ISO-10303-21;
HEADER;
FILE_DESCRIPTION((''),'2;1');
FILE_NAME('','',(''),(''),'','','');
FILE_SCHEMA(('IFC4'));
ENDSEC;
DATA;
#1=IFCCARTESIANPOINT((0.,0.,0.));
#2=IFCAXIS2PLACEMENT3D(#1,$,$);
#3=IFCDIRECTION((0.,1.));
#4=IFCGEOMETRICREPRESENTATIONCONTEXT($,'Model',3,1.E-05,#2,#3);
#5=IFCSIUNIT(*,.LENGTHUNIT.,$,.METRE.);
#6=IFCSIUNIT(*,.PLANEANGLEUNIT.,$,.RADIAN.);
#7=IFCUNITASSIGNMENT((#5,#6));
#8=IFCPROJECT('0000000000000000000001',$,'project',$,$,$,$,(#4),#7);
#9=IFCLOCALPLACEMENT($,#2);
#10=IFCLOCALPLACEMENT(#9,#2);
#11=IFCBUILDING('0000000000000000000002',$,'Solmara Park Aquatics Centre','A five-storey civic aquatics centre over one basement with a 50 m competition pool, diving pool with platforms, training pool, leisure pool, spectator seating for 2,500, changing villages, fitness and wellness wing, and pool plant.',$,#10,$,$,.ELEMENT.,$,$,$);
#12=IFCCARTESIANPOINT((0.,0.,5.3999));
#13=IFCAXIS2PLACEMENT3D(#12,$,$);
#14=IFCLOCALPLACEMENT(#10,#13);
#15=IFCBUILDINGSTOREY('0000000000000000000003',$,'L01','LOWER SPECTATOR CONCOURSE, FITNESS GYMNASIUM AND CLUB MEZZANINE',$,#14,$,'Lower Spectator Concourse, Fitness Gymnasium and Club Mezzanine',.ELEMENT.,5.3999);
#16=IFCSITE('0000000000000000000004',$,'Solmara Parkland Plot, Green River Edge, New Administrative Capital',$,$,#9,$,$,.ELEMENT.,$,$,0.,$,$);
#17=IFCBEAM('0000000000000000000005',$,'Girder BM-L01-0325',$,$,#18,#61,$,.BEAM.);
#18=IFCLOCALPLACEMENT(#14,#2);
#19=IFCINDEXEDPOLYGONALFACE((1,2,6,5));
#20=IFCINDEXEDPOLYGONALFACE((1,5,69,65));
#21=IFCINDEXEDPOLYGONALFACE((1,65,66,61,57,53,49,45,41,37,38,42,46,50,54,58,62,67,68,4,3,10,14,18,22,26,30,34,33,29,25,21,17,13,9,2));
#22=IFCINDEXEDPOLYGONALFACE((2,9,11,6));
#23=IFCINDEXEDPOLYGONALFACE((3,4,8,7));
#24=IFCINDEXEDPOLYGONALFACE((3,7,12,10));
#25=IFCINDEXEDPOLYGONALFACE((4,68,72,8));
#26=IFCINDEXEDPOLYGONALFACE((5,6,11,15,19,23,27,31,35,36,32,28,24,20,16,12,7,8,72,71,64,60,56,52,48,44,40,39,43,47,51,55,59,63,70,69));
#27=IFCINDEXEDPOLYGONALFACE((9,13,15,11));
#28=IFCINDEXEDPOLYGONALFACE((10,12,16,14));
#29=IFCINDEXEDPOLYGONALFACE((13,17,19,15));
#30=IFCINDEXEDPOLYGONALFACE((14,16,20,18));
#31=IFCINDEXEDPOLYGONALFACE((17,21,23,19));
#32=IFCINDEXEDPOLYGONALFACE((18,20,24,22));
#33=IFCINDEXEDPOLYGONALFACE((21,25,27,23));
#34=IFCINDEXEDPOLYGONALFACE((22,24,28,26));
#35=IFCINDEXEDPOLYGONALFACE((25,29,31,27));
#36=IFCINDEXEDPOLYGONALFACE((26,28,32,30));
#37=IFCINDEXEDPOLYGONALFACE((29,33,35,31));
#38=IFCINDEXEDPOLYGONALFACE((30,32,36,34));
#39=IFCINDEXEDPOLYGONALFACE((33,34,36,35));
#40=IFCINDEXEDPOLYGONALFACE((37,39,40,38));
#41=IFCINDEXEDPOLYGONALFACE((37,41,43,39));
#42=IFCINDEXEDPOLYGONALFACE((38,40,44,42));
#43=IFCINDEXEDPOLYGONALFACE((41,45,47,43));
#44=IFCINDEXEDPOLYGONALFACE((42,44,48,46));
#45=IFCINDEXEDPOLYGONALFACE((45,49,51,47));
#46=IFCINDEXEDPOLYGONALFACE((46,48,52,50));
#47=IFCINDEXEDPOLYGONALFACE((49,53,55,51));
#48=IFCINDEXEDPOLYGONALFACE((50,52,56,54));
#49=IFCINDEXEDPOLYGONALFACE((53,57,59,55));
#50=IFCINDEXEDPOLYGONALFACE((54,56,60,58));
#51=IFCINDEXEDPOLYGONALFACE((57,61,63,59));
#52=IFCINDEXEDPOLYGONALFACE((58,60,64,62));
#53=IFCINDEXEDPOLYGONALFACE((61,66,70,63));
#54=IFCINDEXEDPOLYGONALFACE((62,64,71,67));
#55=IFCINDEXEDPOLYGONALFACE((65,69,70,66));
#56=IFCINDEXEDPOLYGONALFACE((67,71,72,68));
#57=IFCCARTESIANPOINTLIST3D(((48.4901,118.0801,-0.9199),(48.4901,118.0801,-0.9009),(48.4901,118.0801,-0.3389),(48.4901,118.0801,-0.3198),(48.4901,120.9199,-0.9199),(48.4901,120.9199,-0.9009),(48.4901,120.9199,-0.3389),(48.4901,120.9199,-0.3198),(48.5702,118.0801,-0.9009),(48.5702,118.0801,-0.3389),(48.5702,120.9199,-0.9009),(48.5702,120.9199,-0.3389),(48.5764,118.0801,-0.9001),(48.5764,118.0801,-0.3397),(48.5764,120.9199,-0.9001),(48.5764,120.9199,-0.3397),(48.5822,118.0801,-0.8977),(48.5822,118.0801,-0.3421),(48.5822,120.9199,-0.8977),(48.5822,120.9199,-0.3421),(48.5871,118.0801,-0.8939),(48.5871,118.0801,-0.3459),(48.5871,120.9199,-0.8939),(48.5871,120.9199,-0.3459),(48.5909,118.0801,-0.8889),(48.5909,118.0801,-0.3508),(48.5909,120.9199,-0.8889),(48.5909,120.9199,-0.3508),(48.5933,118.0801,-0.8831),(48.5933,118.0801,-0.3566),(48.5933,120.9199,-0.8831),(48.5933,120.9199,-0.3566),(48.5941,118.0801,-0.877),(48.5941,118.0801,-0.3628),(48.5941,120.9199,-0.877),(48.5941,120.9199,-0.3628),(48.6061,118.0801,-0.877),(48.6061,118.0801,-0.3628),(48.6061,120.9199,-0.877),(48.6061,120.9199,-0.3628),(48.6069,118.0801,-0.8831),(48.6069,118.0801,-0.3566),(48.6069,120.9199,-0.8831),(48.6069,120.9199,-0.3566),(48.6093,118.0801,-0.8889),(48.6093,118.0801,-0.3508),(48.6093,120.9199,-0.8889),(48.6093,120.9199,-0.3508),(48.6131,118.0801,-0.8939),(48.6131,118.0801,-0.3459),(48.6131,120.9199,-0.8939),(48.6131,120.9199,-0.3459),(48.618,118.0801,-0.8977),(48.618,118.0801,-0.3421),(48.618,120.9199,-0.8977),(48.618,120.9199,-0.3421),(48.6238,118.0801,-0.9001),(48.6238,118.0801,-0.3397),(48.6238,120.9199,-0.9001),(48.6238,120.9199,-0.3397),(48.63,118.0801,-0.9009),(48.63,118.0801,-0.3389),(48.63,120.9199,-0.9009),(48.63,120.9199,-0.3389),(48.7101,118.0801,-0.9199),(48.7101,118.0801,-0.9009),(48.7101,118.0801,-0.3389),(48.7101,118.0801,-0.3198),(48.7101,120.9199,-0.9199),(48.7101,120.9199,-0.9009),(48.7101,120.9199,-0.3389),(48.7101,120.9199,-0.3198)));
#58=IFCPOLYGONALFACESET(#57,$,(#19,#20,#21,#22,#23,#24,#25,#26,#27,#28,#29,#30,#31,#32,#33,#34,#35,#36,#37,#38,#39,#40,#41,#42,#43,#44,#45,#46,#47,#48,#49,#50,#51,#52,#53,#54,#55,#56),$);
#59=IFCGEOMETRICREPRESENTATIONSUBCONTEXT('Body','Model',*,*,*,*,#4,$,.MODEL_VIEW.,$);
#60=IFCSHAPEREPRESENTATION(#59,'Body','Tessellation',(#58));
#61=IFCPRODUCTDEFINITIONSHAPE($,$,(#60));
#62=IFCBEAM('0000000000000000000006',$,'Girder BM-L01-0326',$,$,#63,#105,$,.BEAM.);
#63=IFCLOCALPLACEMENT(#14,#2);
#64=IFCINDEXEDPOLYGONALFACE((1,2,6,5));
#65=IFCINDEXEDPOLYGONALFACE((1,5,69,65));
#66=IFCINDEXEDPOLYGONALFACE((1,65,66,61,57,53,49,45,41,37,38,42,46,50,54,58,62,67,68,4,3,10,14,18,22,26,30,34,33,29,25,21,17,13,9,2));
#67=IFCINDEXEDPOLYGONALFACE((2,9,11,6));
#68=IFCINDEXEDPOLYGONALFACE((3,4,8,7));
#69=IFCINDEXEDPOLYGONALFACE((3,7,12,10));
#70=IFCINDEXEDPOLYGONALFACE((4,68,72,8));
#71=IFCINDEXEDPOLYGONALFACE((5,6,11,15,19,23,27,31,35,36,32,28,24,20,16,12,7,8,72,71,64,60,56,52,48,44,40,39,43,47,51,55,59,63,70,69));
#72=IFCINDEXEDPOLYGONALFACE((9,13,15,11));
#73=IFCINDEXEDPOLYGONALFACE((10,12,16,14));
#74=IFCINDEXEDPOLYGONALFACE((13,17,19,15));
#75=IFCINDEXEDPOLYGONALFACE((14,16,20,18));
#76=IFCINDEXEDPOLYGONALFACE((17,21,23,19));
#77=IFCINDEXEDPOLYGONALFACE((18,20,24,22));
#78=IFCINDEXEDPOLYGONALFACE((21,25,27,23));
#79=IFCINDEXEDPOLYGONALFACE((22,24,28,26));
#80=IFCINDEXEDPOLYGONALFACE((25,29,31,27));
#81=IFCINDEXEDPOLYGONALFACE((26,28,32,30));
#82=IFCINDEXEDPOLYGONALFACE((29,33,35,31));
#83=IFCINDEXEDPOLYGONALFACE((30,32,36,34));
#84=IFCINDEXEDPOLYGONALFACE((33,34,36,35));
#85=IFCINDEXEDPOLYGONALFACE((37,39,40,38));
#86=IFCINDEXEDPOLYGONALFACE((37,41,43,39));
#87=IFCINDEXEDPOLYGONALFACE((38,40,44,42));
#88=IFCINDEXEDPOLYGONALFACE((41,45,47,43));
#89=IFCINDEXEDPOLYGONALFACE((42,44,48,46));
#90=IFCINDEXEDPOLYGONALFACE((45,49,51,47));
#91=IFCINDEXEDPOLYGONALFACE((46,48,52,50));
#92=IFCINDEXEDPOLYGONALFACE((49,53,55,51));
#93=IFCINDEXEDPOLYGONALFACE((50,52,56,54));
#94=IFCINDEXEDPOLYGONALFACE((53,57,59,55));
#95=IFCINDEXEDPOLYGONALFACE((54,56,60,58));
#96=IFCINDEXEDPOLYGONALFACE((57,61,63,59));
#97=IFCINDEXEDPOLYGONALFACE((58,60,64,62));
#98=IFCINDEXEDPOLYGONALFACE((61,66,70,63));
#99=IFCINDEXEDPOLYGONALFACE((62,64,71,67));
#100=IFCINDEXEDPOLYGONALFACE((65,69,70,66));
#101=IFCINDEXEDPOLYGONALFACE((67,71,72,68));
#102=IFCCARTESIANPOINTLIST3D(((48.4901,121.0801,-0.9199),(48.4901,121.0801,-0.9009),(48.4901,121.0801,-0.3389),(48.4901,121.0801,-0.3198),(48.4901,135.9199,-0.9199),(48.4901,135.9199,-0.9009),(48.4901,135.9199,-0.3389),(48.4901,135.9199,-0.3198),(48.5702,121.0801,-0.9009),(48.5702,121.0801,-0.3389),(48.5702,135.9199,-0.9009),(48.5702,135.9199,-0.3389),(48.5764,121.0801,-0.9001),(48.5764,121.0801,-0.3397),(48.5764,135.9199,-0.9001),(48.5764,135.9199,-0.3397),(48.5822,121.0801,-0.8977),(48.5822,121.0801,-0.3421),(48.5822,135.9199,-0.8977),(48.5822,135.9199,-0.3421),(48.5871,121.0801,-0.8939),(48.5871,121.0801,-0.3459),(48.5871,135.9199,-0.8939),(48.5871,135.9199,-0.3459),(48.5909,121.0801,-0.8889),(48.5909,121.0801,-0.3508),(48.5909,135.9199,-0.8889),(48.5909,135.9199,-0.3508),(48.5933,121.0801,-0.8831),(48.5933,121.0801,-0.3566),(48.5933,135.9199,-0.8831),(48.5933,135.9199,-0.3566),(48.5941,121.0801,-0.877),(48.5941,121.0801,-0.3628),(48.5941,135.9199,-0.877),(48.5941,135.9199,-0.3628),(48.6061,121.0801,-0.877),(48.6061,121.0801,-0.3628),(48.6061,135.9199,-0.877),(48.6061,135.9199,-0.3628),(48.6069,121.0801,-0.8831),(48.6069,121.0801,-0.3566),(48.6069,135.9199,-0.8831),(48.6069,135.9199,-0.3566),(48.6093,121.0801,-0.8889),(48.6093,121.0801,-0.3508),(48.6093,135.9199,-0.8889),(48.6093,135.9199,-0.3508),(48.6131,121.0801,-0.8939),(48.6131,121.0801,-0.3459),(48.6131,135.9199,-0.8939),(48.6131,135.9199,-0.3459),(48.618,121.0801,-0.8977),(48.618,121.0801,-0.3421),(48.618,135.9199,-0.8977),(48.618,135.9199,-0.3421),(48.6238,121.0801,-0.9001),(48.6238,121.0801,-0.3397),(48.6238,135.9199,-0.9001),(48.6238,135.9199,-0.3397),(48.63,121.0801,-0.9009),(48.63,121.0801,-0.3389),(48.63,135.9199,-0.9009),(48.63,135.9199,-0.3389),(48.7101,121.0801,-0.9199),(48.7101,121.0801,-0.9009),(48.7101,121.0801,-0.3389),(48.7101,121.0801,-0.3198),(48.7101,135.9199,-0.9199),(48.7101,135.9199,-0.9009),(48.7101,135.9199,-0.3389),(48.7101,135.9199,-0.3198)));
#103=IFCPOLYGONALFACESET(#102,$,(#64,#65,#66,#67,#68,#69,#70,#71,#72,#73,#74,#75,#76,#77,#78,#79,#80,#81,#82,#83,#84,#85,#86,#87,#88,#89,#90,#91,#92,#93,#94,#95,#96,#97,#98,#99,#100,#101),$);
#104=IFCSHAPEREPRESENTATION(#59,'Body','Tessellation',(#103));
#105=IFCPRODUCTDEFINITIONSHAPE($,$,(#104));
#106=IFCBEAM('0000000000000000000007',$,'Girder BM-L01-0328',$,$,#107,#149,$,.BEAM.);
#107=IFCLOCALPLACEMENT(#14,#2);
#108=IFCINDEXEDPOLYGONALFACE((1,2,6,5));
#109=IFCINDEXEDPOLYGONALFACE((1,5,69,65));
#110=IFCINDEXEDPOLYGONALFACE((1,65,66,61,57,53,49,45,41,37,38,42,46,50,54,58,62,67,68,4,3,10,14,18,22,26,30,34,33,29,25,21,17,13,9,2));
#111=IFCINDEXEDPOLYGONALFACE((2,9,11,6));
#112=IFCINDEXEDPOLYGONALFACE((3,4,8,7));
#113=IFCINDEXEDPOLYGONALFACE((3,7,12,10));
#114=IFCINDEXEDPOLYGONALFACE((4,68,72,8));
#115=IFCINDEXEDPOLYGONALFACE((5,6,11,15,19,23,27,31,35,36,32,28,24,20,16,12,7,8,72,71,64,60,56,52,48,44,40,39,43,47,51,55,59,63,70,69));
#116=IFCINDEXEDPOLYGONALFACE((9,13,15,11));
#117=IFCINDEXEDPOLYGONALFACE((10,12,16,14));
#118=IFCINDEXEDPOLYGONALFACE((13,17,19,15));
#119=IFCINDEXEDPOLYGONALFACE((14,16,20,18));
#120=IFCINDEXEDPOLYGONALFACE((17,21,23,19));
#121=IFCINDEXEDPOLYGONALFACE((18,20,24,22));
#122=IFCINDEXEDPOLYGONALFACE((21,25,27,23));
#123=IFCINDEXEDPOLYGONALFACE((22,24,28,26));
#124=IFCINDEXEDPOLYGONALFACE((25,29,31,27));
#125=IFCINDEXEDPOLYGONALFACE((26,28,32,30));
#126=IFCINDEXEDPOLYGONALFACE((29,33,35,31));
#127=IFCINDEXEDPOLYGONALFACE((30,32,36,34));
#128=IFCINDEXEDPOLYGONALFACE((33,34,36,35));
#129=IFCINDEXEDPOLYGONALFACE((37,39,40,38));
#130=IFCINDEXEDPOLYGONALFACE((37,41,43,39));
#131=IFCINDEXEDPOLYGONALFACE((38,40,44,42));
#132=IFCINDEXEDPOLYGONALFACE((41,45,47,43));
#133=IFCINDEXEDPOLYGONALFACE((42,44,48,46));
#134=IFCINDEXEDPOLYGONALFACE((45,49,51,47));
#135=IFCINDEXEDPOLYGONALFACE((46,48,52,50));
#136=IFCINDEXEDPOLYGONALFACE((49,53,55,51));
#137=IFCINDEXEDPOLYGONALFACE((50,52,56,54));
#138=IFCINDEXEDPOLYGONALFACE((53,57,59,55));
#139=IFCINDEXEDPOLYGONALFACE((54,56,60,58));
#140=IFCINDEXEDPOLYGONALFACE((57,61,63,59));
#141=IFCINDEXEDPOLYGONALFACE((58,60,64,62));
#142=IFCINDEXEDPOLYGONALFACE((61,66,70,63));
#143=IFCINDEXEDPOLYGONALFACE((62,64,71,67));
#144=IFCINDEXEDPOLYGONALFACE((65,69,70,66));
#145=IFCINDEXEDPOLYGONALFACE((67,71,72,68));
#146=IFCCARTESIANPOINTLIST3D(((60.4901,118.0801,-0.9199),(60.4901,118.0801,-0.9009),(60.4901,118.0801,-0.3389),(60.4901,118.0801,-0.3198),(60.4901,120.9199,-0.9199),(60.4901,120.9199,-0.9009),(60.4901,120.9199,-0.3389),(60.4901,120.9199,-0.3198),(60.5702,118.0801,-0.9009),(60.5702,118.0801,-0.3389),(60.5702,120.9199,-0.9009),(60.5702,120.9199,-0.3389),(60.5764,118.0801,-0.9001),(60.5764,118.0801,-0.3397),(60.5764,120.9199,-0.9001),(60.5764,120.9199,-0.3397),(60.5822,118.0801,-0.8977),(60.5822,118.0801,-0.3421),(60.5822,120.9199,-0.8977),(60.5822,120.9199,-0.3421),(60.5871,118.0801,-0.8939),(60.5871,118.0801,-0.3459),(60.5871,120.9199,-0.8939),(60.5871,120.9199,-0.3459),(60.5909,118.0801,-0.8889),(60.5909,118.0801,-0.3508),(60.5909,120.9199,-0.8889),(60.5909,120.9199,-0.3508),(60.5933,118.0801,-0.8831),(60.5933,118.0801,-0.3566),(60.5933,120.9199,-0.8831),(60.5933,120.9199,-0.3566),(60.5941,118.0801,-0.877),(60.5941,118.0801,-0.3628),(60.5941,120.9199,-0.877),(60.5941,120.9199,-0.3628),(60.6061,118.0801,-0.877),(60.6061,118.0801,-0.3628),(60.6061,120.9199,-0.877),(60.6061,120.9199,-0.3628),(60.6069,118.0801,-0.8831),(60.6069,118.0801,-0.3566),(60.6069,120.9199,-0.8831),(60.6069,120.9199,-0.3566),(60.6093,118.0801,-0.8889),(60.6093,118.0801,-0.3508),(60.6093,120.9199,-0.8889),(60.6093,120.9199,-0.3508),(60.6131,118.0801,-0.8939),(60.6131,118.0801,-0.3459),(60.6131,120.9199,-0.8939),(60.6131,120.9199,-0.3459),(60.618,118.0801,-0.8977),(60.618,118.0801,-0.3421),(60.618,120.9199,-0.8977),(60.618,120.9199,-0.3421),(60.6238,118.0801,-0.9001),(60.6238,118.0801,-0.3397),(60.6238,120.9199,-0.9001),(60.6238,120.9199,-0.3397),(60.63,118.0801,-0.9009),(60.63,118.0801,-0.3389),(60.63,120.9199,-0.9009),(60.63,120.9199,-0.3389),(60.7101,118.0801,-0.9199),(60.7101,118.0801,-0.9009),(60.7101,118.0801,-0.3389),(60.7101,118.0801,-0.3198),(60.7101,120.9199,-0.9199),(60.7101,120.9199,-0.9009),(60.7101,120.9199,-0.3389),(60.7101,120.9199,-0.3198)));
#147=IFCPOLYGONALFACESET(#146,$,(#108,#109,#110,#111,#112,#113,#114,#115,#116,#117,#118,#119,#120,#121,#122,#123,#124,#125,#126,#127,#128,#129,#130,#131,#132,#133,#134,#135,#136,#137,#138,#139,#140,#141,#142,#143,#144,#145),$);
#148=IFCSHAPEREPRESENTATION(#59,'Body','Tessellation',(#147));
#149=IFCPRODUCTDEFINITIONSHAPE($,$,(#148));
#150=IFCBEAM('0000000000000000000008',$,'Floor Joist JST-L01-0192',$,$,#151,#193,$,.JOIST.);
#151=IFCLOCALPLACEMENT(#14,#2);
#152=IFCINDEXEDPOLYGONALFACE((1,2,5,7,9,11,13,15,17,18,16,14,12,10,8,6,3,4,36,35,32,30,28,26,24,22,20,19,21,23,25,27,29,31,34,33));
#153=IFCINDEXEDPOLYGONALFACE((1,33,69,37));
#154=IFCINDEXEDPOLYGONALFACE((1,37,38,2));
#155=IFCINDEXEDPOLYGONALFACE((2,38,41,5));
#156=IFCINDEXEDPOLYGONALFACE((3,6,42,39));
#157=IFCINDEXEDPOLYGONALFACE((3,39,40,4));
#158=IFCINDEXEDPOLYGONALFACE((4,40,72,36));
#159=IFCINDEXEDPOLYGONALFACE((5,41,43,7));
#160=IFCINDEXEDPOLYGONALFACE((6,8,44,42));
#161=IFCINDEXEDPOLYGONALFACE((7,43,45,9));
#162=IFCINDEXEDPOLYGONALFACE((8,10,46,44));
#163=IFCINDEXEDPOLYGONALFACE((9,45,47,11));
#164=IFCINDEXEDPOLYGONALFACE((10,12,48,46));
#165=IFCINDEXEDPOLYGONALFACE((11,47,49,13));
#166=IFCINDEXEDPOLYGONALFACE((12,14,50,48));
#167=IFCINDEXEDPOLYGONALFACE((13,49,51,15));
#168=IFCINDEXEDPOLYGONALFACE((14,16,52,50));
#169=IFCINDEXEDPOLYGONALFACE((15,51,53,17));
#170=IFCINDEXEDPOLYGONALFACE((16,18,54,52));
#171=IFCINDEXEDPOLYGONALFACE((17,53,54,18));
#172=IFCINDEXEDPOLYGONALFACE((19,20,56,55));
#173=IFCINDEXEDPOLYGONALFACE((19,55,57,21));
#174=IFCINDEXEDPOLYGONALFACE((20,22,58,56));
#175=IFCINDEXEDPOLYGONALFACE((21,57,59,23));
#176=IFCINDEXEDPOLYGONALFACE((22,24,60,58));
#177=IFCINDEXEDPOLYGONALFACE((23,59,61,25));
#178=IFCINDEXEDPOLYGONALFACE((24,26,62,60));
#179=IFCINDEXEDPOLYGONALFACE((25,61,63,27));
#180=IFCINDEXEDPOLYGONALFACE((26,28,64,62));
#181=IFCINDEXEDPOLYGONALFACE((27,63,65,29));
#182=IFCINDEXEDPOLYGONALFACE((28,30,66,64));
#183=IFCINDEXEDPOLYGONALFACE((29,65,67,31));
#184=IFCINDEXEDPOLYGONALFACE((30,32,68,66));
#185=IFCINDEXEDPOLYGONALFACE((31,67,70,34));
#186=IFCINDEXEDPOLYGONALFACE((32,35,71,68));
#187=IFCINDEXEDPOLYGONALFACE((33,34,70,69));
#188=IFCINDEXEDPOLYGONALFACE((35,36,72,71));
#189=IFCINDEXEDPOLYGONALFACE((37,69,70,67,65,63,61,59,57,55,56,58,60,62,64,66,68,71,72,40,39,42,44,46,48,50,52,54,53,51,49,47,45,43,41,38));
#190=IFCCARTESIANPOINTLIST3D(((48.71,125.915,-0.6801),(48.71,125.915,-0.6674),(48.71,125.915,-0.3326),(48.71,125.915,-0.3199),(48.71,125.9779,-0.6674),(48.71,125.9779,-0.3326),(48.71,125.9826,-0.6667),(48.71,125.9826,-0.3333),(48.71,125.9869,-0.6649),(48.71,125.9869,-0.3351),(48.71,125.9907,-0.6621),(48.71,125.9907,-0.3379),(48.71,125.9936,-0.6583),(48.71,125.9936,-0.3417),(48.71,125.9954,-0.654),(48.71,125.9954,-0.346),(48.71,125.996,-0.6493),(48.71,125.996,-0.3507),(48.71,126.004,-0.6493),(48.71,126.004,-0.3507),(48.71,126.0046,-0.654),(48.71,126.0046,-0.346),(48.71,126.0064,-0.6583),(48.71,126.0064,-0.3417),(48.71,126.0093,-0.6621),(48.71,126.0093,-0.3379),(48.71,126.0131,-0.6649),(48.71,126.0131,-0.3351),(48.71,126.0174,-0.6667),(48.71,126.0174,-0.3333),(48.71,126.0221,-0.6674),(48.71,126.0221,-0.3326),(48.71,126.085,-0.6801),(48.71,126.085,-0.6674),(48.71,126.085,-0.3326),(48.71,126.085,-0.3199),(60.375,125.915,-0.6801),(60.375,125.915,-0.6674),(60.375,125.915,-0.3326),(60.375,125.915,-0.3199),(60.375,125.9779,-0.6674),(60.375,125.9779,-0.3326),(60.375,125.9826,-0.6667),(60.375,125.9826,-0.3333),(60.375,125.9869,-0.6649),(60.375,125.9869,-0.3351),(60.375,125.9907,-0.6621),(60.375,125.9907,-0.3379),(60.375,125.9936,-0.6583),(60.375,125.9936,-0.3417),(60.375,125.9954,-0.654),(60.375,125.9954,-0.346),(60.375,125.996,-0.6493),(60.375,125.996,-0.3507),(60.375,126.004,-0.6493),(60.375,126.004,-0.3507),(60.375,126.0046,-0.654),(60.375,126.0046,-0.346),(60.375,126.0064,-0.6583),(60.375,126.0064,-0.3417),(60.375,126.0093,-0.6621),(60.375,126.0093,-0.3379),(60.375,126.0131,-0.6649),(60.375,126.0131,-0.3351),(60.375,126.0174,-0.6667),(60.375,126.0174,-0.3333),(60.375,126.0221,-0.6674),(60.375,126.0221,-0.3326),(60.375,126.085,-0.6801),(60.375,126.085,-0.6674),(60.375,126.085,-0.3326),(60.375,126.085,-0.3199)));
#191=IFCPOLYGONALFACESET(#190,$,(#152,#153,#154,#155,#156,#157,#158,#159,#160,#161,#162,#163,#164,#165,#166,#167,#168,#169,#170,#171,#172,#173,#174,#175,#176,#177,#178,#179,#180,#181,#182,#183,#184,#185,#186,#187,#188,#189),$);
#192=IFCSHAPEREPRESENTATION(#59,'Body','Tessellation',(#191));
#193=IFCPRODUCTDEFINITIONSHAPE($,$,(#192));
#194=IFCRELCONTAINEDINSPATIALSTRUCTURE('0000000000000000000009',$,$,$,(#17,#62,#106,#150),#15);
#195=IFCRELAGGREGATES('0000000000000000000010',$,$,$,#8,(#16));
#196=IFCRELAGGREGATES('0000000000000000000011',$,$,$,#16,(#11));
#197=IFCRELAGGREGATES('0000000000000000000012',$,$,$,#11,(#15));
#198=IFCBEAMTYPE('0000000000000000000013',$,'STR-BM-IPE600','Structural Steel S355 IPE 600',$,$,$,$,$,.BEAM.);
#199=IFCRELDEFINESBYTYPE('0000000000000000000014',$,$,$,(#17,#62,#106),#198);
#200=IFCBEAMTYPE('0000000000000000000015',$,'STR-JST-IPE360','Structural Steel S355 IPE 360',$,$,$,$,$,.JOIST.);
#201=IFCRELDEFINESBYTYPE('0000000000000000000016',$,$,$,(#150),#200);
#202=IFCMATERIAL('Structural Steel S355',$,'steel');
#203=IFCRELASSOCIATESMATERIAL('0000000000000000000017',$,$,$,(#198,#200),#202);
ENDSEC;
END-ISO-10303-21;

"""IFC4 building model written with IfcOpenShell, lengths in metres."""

from ifc_helpers import new_model, si_unit, direction, frame, origin, origin_2d, place, context, subcontext, project, spatial, i_section, extrude, material, material_profile, profile_set, type_object, element, save


model = new_model("IFC4")

# Units and contexts
model_context = context("Model", 3, precision=1e-05, world=origin(), true_north=direction((0.0, 1.0)))
body_context = subcontext(model_context, "Body", "Model", "MODEL_VIEW")
ifc_project = project(units=[si_unit("LENGTHUNIT", "METRE"), si_unit("PLANEANGLEUNIT", "RADIAN")], contexts=[model_context])

# Site, building, storey
site_placement = place(None, origin())
site = spatial("IfcSite", under=ifc_project, at=site_placement, Name="Solmara Parkland Plot, Green River Edge, New Administrative Capital", CompositionType="ELEMENT", RefElevation=0.0)
building_placement = place(site_placement, origin())
building = spatial("IfcBuilding", under=site, at=building_placement, Name="Solmara Park Aquatics Centre", Description="A five-storey civic aquatics centre over one basement with a 50 m competition pool, diving pool with platforms, training pool, leisure pool, spectator seating for 2,500, changing villages, fitness and wellness wing, and pool plant.", CompositionType="ELEMENT")
storey_placement = place(building_placement, frame((0.0, 0.0, 5.3999)))
storey = spatial("IfcBuildingStorey", under=building, at=storey_placement, Name="L01", Description="LOWER SPECTATOR CONCOURSE, FITNESS GYMNASIUM AND CLUB MEZZANINE", LongName="Lower Spectator Concourse, Fitness Gymnasium and Club Mezzanine", CompositionType="ELEMENT", Elevation=5.3999)

# Shared definitions
ifc_material_1 = material(Name="Structural Steel S355", Category="steel")

# Beams
ifc_material_profile_1 = material_profile(ifc_material_1, i_section(OverallWidth=0.22, OverallDepth=0.6001, WebThickness=0.012, FlangeThickness=0.019, FilletRadius=0.0239, at=origin_2d()), Name="IPE 600")
ifc_profile_set_1 = profile_set([ifc_material_profile_1], Name="Structural Steel S355")
beam_type_1 = type_object("IfcBeamType", Name="STR-BM-IPE600", Description="Structural Steel S355 IPE 600", PredefinedType="BEAM", material=ifc_profile_set_1)
beam_1_placement = place(storey_placement, frame((48.6001, 118.0801, -0.6199), z_axis=(0.0, 1.0, 0.0), x_axis=(-1.0, 0.0, 0.0)))
element("IfcBeam", 1, at=beam_1_placement, inside=storey, type_object=beam_type_1, Name="Girder BM-L01-0325", PredefinedType="BEAM", context=body_context, shape_type="SweptSolid", body=[
    extrude(i_section(OverallWidth=0.22, OverallDepth=0.6001, WebThickness=0.012, FlangeThickness=0.019, FilletRadius=0.0239, at=origin_2d()), origin(), (0.0, 0.0, 1.0), 2.8398),
])
beam_2_placement = place(storey_placement, frame((48.6001, 121.0801, -0.6199), z_axis=(0.0, 1.0, 0.0), x_axis=(-1.0, 0.0, 0.0)))
element("IfcBeam", 2, at=beam_2_placement, inside=storey, type_object=beam_type_1, Name="Girder BM-L01-0326", PredefinedType="BEAM", context=body_context, shape_type="SweptSolid", body=[
    extrude(i_section(OverallWidth=0.22, OverallDepth=0.6001, WebThickness=0.012, FlangeThickness=0.019, FilletRadius=0.0239, at=origin_2d()), origin(), (0.0, 0.0, 1.0), 14.8398),
])
beam_3_placement = place(storey_placement, frame((60.6001, 118.0801, -0.6199), z_axis=(0.0, 1.0, 0.0), x_axis=(-1.0, 0.0, 0.0)))
element("IfcBeam", 3, at=beam_3_placement, inside=storey, type_object=beam_type_1, Name="Girder BM-L01-0328", PredefinedType="BEAM", context=body_context, shape_type="SweptSolid", body=[
    extrude(i_section(OverallWidth=0.22, OverallDepth=0.6001, WebThickness=0.012, FlangeThickness=0.019, FilletRadius=0.0239, at=origin_2d()), origin(), (0.0, 0.0, 1.0), 2.8398),
])
ifc_material_profile_2 = material_profile(ifc_material_1, i_section(OverallWidth=0.1699, OverallDepth=0.3601, WebThickness=0.0081, FlangeThickness=0.0127, FilletRadius=0.0181, at=origin_2d()), Name="IPE 360")
ifc_profile_set_2 = profile_set([ifc_material_profile_2], Name="Structural Steel S355")
beam_type_2 = type_object("IfcBeamType", Name="STR-JST-IPE360", Description="Structural Steel S355 IPE 360", PredefinedType="JOIST", material=ifc_profile_set_2)
for number, where, z_axis, x_axis, name in (
    (4, (48.71, 126.0, -0.5), (1.0, 0.0, 0.0), (0.0, 1.0, 0.0), "Floor Joist JST-L01-0192"),
):
    element("IfcBeam", number, at=place(storey_placement, frame(where, z_axis=z_axis, x_axis=x_axis)), inside=storey, type_object=beam_type_2, Name=name, PredefinedType="JOIST", context=body_context, shape_type="SweptSolid", body=[
        extrude(i_section(OverallWidth=0.1699, OverallDepth=0.3601, WebThickness=0.0081, FlangeThickness=0.0127, FilletRadius=0.0181, at=origin_2d()), origin(), (0.0, 0.0, 1.0), 11.665),
    ])

save(model, "model.ifc")
